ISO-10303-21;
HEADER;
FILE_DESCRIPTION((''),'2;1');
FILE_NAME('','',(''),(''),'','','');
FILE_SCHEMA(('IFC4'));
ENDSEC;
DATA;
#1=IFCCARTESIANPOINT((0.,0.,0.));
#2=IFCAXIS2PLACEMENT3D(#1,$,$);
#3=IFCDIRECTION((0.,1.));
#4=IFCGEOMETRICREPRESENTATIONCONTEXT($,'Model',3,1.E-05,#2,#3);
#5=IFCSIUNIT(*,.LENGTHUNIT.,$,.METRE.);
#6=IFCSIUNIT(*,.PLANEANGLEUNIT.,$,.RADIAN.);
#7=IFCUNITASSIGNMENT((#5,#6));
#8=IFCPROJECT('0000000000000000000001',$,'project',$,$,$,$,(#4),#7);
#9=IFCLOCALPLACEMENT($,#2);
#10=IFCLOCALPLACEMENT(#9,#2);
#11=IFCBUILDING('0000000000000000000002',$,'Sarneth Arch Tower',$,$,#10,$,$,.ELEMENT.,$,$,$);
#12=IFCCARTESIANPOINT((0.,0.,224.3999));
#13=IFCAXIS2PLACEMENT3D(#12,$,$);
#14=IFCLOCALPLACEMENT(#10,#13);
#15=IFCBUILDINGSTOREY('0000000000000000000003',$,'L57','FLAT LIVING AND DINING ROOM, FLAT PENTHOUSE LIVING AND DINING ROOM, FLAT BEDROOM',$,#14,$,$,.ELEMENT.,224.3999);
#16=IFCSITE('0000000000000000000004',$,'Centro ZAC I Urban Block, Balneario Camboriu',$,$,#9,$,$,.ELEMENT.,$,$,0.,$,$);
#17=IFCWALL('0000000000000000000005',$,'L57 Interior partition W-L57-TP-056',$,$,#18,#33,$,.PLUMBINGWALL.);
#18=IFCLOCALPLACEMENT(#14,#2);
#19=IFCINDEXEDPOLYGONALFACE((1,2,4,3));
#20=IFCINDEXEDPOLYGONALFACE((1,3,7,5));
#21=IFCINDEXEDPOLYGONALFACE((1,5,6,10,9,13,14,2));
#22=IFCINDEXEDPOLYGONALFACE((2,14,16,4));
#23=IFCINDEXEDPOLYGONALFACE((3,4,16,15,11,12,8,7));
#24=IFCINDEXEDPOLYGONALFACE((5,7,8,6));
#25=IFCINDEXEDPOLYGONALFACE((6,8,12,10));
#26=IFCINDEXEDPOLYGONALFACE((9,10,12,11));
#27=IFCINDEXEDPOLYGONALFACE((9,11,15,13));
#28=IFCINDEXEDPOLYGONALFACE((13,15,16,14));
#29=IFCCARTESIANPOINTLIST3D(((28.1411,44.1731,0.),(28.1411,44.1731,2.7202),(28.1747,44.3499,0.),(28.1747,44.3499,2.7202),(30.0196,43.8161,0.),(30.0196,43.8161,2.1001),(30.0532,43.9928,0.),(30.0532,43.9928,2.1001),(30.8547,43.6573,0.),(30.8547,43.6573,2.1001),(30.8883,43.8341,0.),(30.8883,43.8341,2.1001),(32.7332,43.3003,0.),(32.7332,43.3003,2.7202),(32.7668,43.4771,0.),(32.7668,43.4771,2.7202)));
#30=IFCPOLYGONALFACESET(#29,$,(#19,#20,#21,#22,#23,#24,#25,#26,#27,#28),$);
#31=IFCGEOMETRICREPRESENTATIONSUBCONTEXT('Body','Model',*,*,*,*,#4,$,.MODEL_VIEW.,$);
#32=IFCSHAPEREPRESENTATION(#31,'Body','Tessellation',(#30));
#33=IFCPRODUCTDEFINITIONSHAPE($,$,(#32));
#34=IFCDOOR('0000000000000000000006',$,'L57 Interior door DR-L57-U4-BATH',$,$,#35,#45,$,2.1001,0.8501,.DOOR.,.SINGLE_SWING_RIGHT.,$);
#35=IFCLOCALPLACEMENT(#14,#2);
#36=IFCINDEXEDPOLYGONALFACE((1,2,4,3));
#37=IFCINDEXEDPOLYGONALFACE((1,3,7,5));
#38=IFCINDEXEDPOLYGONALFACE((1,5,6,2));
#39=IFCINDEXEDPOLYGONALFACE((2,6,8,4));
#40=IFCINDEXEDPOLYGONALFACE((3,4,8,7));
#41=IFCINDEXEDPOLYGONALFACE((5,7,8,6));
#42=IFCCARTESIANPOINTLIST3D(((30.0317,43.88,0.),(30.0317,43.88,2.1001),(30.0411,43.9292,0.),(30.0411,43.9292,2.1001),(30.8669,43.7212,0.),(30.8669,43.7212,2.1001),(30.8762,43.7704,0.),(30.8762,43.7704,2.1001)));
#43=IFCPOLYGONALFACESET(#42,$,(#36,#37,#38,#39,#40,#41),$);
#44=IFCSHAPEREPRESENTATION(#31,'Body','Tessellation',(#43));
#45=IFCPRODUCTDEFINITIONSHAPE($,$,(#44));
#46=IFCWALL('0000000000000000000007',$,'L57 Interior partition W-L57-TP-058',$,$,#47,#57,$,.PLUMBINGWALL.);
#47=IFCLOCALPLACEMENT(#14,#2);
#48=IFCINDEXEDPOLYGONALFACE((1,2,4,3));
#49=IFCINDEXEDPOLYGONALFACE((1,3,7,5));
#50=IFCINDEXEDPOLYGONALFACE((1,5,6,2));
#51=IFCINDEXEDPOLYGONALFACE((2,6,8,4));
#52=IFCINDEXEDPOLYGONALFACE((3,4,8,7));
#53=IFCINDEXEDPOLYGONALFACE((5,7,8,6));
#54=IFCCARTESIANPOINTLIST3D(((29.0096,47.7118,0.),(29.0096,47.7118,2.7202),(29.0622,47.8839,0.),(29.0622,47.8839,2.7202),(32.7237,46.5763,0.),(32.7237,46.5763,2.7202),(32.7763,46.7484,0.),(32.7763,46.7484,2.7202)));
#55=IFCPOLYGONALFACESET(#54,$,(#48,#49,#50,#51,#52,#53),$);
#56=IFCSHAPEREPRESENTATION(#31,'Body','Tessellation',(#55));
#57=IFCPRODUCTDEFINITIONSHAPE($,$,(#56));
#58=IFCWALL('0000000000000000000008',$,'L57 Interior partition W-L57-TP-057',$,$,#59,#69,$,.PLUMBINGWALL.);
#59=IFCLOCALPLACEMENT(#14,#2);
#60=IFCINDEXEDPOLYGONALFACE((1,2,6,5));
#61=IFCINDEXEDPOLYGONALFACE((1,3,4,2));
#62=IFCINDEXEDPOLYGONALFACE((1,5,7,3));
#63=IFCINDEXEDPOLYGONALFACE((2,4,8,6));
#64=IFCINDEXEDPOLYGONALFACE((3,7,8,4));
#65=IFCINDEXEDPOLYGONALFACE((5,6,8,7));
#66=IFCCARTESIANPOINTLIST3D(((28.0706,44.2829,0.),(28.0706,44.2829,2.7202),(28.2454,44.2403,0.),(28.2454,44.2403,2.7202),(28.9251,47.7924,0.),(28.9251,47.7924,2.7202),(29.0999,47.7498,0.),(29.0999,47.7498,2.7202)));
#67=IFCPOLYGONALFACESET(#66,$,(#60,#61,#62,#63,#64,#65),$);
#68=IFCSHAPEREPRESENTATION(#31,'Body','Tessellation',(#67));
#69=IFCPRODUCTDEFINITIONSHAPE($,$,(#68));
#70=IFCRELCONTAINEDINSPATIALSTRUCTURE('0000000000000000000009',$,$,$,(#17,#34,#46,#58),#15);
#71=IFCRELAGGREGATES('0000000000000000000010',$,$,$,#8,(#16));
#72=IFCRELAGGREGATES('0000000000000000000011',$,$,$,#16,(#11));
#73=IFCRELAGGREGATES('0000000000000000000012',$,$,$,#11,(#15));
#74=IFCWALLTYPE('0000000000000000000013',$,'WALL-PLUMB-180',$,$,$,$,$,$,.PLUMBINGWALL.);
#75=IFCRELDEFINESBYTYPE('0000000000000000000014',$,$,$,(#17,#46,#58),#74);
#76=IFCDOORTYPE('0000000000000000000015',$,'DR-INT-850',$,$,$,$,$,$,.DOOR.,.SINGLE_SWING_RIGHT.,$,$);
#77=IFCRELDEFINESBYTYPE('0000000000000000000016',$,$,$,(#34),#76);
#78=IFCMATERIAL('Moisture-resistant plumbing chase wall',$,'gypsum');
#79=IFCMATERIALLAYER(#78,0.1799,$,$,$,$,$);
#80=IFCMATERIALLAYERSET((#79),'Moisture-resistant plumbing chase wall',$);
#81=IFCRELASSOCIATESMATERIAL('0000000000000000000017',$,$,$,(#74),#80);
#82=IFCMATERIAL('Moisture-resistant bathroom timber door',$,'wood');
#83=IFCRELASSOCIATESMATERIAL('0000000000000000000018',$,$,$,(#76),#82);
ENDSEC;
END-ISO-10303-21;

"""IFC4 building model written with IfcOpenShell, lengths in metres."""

from ifc_helpers import new_model, si_unit, direction, frame, frame_2d, origin, place, context, subcontext, project, spatial, rectangle, extrude, material, layer, layer_set, type_object, element, fill, save


model = new_model("IFC4")

# Units and contexts
model_context = context("Model", 3, precision=1e-05, world=origin(), true_north=direction((0.0, 1.0)))
body_context = subcontext(model_context, "Body", "Model", "MODEL_VIEW")
ifc_project = project(units=[si_unit("LENGTHUNIT", "METRE"), si_unit("PLANEANGLEUNIT", "RADIAN")], contexts=[model_context])

# Site, building, storey
site_placement = place(None, origin())
site = spatial("IfcSite", under=ifc_project, at=site_placement, Name="Centro ZAC I Urban Block, Balneario Camboriu", CompositionType="ELEMENT", RefElevation=0.0)
building_placement = place(site_placement, origin())
building = spatial("IfcBuilding", under=site, at=building_placement, Name="Sarneth Arch Tower", CompositionType="ELEMENT")
storey_placement = place(building_placement, frame((0.0, 0.0, 224.3999)))
storey = spatial("IfcBuildingStorey", under=building, at=storey_placement, Name="L57", Description="FLAT LIVING AND DINING ROOM, FLAT PENTHOUSE LIVING AND DINING ROOM, FLAT BEDROOM", CompositionType="ELEMENT", Elevation=224.3999)

# Wall, opening, door
ifc_material_1 = material(Name="Moisture-resistant plumbing chase wall", Category="gypsum")
ifc_layer_1 = layer(ifc_material_1, 0.1799)
ifc_layer_set_1 = layer_set([ifc_layer_1], Name="Moisture-resistant plumbing chase wall")
wall_type_1 = type_object("IfcWallType", Name="WALL-PLUMB-180", PredefinedType="PLUMBINGWALL", material=ifc_layer_set_1)
wall_1_placement = place(storey_placement, frame((32.75, 43.3887, 0.0), z_axis=(0.0, 0.0, 1.0), x_axis=(-0.982412, 0.186726, 0.0)))
wall_1 = element("IfcWall", 1, at=wall_1_placement, inside=storey, type_object=wall_type_1, Name="L57 Interior partition W-L57-TP-056", PredefinedType="PLUMBINGWALL", context=body_context, shape_type="SweptSolid", body=[
    extrude(rectangle(XDim=4.6743, YDim=0.1799, at=frame_2d((2.3372, 0.0))), origin(), (0.0, 0.0, 1.0), 2.7202),
])
opening_1_placement = place(wall_1_placement, frame((1.9121, 0.0, 0.0)))
opening_1 = element("IfcOpeningElement", 2, at=opening_1_placement, cuts=wall_1, PredefinedType="OPENING", context=body_context, shape_type="SweptSolid", body=[
    extrude(rectangle(XDim=0.8501, YDim=2.1001, at=frame_2d((0.425, 1.05))), frame((0.0, 0.0999, 0.0), z_axis=(0.0, -1.0, 0.0), x_axis=(1.0, 0.0, 0.0)), (0.0, 0.0, 1.0), 0.2),
])
ifc_material_2 = material(Name="Moisture-resistant bathroom timber door", Category="wood")
door_type_1 = type_object("IfcDoorType", Name="DR-INT-850", OperationType="SINGLE_SWING_RIGHT", PredefinedType="DOOR", material=ifc_material_2)
door_1_placement = place(opening_1_placement, origin())
door_1 = element("IfcDoor", 3, at=door_1_placement, inside=storey, type_object=door_type_1, Name="L57 Interior door DR-L57-U4-BATH", OperationType="SINGLE_SWING_RIGHT", OverallHeight=2.1001, OverallWidth=0.8501, PredefinedType="DOOR", context=body_context, shape_type="SweptSolid", body=[
    extrude(rectangle(XDim=0.8501, YDim=2.1001, at=frame_2d((0.425, 1.05))), frame((0.0, 0.0249, 0.0), z_axis=(0.0, -1.0, 0.0), x_axis=(1.0, 0.0, 0.0)), (0.0, 0.0, 1.0), 0.05),
])
fill(opening_1, door_1)

# Walls
wall_2_placement = place(storey_placement, frame((29.0359, 47.7979, 0.0), z_axis=(0.0, 0.0, 1.0), x_axis=(0.956306, -0.292367, 0.0)))
element("IfcWall", 4, at=wall_2_placement, inside=storey, type_object=wall_type_1, Name="L57 Interior partition W-L57-TP-058", PredefinedType="PLUMBINGWALL", context=body_context, shape_type="SweptSolid", body=[
    extrude(rectangle(XDim=3.8838, YDim=0.1799, at=frame_2d((1.9419, 0.0))), origin(), (0.0, 0.0, 1.0), 2.7202),
])
wall_3_placement = place(storey_placement, frame((28.158, 44.2615, 0.0), z_axis=(0.0, 0.0, 1.0), x_axis=(0.236567, 0.971615, 0.0)))
element("IfcWall", 5, at=wall_3_placement, inside=storey, type_object=wall_type_1, Name="L57 Interior partition W-L57-TP-057", PredefinedType="PLUMBINGWALL", context=body_context, shape_type="SweptSolid", body=[
    extrude(rectangle(XDim=3.6121, YDim=0.1799, at=frame_2d((1.8062, 0.0))), origin(), (0.0, 0.0, 1.0), 2.7202),
])

save(model, "model.ifc")
